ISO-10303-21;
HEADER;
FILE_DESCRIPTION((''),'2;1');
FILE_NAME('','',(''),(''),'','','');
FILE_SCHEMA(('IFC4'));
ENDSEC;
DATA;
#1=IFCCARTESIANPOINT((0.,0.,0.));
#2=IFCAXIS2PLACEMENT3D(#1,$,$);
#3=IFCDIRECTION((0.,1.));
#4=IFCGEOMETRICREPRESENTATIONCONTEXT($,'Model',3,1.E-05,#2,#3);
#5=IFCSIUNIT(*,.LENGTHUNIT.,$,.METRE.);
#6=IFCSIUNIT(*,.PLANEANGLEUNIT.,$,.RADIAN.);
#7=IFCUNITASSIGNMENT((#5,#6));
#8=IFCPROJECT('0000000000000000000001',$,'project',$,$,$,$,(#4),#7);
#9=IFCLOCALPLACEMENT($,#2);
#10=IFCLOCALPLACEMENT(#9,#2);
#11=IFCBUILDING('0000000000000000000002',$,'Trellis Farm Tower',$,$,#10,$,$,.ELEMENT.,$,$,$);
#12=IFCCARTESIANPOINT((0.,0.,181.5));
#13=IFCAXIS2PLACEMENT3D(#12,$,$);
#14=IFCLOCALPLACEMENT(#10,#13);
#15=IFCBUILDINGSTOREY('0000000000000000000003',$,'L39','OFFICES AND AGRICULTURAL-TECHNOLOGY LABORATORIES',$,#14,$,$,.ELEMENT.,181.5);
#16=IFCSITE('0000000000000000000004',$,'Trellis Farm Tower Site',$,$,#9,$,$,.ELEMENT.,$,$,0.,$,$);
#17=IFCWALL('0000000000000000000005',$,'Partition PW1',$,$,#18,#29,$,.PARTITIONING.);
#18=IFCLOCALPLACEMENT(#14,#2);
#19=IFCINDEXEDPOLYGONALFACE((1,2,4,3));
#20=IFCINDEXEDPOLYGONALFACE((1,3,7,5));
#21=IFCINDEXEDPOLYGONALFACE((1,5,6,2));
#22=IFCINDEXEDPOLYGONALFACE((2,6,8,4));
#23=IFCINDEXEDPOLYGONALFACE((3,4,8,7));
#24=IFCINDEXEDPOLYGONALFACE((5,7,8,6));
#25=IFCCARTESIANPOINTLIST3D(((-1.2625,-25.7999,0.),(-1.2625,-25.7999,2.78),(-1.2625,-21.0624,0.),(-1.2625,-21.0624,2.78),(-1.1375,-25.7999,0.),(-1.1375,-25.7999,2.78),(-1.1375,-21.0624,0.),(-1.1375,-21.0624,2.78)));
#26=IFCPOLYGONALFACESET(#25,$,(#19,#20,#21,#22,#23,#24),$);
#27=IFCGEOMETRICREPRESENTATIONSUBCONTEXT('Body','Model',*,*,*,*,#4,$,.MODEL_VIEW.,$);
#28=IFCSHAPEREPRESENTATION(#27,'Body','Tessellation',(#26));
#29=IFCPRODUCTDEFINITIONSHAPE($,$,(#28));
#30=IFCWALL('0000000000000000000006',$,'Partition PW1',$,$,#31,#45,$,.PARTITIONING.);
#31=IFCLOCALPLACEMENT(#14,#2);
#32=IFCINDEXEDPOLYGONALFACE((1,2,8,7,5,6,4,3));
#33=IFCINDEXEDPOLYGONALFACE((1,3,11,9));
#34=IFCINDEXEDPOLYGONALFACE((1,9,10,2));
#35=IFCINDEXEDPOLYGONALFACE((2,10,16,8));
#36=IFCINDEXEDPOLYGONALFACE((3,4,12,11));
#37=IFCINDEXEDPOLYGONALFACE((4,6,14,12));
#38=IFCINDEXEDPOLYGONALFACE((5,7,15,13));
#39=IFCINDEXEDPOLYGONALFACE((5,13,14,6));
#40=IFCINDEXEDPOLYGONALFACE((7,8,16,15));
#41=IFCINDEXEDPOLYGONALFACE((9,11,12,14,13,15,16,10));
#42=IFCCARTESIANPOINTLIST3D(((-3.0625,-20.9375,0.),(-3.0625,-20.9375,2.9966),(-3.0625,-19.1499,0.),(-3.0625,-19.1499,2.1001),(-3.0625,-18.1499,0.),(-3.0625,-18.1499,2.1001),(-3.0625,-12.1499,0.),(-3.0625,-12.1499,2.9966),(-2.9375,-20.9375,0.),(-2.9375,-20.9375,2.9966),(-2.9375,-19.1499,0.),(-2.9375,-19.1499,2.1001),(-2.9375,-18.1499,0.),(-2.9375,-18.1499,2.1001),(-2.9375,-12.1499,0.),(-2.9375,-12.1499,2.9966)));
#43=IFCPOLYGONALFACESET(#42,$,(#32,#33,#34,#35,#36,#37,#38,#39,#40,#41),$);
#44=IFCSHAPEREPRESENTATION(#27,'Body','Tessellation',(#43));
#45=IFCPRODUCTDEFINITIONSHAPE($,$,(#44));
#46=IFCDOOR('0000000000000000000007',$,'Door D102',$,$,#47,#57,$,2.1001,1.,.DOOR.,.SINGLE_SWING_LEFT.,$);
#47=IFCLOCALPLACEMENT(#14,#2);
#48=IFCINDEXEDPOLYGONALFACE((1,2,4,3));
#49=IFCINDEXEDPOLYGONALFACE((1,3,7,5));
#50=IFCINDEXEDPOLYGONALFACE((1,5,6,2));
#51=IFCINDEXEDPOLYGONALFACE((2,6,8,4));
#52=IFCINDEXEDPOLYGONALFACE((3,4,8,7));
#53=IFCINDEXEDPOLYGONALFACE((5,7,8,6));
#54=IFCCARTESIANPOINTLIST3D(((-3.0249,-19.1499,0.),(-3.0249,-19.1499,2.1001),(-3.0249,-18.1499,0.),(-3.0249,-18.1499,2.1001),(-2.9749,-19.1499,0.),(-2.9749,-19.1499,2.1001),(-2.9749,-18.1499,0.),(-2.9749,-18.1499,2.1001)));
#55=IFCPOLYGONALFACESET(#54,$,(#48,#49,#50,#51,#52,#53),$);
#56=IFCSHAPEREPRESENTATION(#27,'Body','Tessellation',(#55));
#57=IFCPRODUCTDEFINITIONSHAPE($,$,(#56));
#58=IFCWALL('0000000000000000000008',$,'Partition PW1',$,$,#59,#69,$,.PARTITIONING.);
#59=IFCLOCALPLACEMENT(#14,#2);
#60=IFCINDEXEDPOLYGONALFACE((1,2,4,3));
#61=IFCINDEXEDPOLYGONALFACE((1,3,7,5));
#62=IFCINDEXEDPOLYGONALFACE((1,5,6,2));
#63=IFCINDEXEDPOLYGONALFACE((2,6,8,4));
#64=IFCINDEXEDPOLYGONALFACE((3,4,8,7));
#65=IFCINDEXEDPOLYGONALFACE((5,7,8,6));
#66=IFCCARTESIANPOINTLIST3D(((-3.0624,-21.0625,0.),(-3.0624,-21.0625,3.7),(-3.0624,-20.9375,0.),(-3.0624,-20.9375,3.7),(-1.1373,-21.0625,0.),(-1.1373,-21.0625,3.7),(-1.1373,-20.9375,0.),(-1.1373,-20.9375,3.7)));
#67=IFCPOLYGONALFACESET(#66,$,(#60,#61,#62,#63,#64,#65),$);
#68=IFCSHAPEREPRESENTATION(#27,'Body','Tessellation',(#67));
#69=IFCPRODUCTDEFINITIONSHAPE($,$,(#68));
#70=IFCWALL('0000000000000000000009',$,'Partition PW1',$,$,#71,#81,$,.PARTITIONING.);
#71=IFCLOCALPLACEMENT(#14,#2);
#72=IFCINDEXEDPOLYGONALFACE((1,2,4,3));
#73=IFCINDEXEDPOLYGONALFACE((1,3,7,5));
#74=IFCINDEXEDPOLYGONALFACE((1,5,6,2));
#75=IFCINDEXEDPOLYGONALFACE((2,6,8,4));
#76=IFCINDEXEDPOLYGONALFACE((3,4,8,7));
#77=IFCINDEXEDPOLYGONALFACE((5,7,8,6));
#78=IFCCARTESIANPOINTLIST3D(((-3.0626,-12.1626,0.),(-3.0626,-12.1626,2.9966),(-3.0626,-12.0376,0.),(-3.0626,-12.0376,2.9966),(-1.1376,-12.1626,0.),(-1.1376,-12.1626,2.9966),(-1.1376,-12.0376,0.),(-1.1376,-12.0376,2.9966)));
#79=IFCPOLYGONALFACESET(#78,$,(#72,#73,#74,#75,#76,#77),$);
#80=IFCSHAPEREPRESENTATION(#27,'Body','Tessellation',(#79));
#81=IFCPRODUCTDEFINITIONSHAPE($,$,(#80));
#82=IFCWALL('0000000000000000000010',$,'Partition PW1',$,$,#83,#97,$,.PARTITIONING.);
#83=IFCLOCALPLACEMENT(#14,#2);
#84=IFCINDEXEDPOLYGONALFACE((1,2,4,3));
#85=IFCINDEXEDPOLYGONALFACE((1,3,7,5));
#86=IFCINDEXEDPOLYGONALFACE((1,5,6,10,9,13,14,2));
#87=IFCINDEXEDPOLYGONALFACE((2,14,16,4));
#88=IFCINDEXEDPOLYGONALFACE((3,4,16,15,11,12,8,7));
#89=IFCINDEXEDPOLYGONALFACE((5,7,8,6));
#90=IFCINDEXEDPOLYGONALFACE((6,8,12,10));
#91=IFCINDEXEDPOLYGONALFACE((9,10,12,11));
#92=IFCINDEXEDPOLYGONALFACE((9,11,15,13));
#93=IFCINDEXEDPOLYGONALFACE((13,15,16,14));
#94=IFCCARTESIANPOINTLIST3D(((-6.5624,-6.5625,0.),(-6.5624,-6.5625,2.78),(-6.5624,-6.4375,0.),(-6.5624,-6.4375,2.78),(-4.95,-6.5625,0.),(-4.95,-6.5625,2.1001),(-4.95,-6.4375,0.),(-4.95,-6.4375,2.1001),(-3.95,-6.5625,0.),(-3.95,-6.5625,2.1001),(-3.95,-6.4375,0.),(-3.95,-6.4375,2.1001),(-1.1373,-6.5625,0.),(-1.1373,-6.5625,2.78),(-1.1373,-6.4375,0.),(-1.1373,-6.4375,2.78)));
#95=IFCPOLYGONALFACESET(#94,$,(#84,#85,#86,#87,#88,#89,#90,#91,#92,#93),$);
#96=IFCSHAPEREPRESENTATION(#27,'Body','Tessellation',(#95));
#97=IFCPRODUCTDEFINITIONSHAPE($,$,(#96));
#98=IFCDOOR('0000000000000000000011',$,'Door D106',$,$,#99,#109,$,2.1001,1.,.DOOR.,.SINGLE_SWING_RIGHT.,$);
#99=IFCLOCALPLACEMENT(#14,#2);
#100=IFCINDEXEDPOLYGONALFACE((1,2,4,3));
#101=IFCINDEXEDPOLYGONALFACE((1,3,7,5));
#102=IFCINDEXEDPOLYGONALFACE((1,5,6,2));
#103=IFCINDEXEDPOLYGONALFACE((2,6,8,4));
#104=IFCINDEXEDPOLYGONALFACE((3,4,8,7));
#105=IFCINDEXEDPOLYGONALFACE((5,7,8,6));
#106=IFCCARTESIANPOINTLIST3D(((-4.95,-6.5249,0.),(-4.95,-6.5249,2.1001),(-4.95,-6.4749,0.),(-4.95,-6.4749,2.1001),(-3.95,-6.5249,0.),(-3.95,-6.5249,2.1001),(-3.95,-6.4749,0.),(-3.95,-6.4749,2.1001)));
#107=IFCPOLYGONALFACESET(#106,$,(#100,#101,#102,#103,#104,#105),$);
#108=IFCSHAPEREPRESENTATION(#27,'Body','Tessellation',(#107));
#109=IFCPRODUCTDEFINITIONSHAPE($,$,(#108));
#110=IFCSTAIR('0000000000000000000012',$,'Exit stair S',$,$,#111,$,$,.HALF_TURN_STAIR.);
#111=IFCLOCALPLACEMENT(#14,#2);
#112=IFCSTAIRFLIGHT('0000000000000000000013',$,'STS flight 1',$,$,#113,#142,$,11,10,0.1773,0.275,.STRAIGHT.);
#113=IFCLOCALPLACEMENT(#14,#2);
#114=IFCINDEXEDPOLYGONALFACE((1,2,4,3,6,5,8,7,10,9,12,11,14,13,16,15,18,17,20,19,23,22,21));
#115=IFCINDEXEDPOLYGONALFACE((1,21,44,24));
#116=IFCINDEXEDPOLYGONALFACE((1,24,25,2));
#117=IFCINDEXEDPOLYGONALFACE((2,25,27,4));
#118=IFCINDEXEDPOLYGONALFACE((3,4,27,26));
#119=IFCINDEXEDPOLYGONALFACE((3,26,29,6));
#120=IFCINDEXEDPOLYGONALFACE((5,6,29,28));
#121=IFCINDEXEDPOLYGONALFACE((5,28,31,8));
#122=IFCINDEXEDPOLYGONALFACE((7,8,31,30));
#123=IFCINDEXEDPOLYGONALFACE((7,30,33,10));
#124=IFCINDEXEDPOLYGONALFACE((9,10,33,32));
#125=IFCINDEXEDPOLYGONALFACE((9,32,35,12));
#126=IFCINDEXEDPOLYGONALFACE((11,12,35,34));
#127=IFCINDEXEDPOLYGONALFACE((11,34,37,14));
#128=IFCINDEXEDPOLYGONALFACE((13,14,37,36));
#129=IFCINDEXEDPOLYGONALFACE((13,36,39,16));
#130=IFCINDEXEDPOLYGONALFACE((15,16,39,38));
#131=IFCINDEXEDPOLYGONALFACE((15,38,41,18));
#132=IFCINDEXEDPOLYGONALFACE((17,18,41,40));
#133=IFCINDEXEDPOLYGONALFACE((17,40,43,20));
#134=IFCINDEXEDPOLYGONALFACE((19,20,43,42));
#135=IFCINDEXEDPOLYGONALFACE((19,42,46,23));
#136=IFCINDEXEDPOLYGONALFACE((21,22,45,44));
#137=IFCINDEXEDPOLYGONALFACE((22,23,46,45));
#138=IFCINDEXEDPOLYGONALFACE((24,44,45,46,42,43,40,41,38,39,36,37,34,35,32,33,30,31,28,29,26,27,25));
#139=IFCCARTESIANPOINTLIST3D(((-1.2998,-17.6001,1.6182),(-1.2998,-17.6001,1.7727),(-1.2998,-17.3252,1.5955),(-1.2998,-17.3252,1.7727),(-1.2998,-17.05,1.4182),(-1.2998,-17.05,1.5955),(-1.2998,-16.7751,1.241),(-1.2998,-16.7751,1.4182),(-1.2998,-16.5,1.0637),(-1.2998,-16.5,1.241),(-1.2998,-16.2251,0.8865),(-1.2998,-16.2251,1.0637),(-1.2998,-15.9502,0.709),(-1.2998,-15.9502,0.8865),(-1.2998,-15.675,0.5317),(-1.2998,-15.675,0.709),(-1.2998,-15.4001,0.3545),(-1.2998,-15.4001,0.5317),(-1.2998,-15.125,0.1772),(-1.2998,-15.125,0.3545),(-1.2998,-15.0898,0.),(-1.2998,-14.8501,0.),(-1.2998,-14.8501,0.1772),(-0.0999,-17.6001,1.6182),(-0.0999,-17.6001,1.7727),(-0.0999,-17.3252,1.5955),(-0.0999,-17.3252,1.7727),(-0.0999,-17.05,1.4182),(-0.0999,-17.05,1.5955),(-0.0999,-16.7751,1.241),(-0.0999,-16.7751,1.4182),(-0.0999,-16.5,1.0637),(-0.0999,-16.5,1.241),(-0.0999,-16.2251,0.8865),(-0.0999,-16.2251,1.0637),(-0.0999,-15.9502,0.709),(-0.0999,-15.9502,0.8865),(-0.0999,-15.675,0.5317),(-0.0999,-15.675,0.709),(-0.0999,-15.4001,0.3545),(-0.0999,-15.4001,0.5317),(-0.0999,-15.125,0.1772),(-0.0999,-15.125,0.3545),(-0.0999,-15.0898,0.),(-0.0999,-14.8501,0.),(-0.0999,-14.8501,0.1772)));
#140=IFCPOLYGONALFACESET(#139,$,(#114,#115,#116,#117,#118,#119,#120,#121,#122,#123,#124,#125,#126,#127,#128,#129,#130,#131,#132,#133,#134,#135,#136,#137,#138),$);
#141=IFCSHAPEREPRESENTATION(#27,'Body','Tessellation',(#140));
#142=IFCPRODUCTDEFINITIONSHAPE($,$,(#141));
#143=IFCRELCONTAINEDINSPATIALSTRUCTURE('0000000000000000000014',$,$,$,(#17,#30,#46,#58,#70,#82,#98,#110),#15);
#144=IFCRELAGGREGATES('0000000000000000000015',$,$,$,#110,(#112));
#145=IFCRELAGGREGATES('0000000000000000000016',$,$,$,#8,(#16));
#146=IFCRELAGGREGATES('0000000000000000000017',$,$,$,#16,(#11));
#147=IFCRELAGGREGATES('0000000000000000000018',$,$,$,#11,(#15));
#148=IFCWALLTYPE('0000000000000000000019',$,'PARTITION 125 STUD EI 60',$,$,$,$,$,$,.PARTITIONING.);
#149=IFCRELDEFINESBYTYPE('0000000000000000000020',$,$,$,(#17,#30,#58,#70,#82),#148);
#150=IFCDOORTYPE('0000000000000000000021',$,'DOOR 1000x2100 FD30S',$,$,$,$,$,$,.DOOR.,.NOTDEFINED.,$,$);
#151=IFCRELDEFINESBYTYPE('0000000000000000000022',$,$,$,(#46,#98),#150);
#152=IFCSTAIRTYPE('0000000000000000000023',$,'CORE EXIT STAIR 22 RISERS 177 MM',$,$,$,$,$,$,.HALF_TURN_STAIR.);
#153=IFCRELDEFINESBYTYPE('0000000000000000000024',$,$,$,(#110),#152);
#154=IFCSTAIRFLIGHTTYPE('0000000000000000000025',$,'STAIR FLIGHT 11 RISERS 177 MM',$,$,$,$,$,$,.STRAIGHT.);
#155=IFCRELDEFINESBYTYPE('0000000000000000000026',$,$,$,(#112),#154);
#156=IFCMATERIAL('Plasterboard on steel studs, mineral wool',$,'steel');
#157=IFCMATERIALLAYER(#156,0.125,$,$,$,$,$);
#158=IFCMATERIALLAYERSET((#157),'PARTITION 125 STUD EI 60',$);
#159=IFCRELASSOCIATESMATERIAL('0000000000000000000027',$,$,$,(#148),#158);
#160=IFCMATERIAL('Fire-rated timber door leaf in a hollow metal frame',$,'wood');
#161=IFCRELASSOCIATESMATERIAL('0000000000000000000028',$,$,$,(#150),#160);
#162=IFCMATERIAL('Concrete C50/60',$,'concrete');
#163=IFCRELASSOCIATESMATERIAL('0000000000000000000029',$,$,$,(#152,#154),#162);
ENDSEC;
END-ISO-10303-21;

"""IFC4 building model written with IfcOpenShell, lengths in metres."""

from ifc_helpers import new_model, si_unit, direction, frame, frame_2d, origin, place, context, subcontext, project, spatial, polyline, rectangle, outline, extrude, source, transform, mapped, material, layer, layer_set, type_object, element, fill, aggregate, save


model = new_model("IFC4")

# Units and contexts
model_context = context("Model", 3, precision=1e-05, world=origin(), true_north=direction((0.0, 1.0)))
body_context = subcontext(model_context, "Body", "Model", "MODEL_VIEW")
ifc_project = project(units=[si_unit("LENGTHUNIT", "METRE"), si_unit("PLANEANGLEUNIT", "RADIAN")], contexts=[model_context])

# Site, building, storey
site_placement = place(None, origin())
site = spatial("IfcSite", under=ifc_project, at=site_placement, Name="Trellis Farm Tower Site", CompositionType="ELEMENT", RefElevation=0.0)
building_placement = place(site_placement, origin())
building = spatial("IfcBuilding", under=site, at=building_placement, Name="Trellis Farm Tower", CompositionType="ELEMENT")
storey_placement = place(building_placement, frame((0.0, 0.0, 181.5)))
storey = spatial("IfcBuildingStorey", under=building, at=storey_placement, Name="L39", Description="OFFICES AND AGRICULTURAL-TECHNOLOGY LABORATORIES", CompositionType="ELEMENT", Elevation=181.5)

# Shared definitions
placement = place(storey_placement, origin())

# Shared definitions
ifc_material_1 = material(Name="Plasterboard on steel studs, mineral wool", Category="steel")
ifc_layer_1 = layer(ifc_material_1, 0.125)
ifc_layer_set_1 = layer_set([ifc_layer_1], Name="PARTITION 125 STUD EI 60")
wall_type_1 = type_object("IfcWallType", Name="PARTITION 125 STUD EI 60", PredefinedType="PARTITIONING", material=ifc_layer_set_1)
shared_shape_1 = source(origin(), body_context, "Body", "SweptSolid", [
    extrude(rectangle(XDim=1.0, YDim=2.1001, at=frame_2d((0.5, 1.05))), frame((0.0, 0.0725, 0.0), z_axis=(0.0, -1.0, 0.0), x_axis=(1.0, 0.0, 0.0)), (0.0, 0.0, 1.0), 0.145),
])
ifc_material_2 = material(Name="Fire-rated timber door leaf in a hollow metal frame", Category="wood")
door_type = type_object("IfcDoorType", Name="DOOR 1000x2100 FD30S", OperationType="NOTDEFINED", PredefinedType="DOOR", material=ifc_material_2)
shared_shape_2 = source(origin(), body_context, "Body", "SweptSolid", [
    extrude(rectangle(XDim=1.0, YDim=2.1001, at=frame_2d((0.5, 1.05))), frame((0.0, 0.0249, 0.0), z_axis=(0.0, -1.0, 0.0), x_axis=(1.0, 0.0, 0.0)), (0.0, 0.0, 1.0), 0.05),
])

# Wall
shared_shape_3 = source(origin(), body_context, "Body", "SweptSolid", [
    extrude(rectangle(XDim=4.7375, YDim=0.125, at=frame_2d((2.3687, 0.0))), origin(), (0.0, 0.0, 1.0), 2.78),
])
wall_1_placement = place(storey_placement, frame((-1.2, -21.0625, 0.0), z_axis=(0.0, 0.0, 1.0), x_axis=(0.0, -1.0, 0.0)))
element("IfcWall", 1, at=wall_1_placement, inside=storey, type_object=wall_type_1, Name="Partition PW1", PredefinedType="PARTITIONING", context=body_context, shape_type="MappedRepresentation", body=[
    mapped(shared_shape_3, transform((0.0, 0.0, 0.0))),
])

# Wall, opening, door
shared_shape_4 = source(origin(), body_context, "Body", "SweptSolid", [
    extrude(rectangle(XDim=8.7876, YDim=0.125, at=frame_2d((4.3938, 0.0))), origin(), (0.0, 0.0, 1.0), 2.9966),
])
wall_2_placement = place(storey_placement, frame((-3.0, -20.9375, 0.0), z_axis=(0.0, 0.0, 1.0), x_axis=(0.0, 1.0, 0.0)))
wall_2 = element("IfcWall", 2, at=wall_2_placement, inside=storey, type_object=wall_type_1, Name="Partition PW1", PredefinedType="PARTITIONING", context=body_context, shape_type="MappedRepresentation", body=[
    mapped(shared_shape_4, transform((0.0, 0.0, 0.0))),
])
opening_1_placement = place(wall_2_placement, frame((1.7876, 0.0, 0.0)))
opening_1 = element("IfcOpeningElement", 3, at=opening_1_placement, cuts=wall_2, PredefinedType="OPENING", context=body_context, shape_type="MappedRepresentation", body=[
    mapped(shared_shape_1, transform((0.0, 0.0, 0.0))),
])
door_1_placement = place(opening_1_placement, origin())
door_1 = element("IfcDoor", 4, at=door_1_placement, inside=storey, type_object=door_type, Name="Door D102", OperationType="SINGLE_SWING_LEFT", OverallHeight=2.1001, OverallWidth=1.0, PredefinedType="DOOR", context=body_context, shape_type="MappedRepresentation", body=[
    mapped(shared_shape_2, transform((0.0, 0.0, 0.0))),
])
fill(opening_1, door_1)

# Walls
shared_shape_5 = source(origin(), body_context, "Body", "SweptSolid", [
    extrude(rectangle(XDim=1.925, YDim=0.125, at=frame_2d((0.9624, 0.0))), origin(), (0.0, 0.0, 1.0), 3.7),
])
wall_3_placement = place(storey_placement, frame((-1.1375, -21.0, 0.0), z_axis=(0.0, 0.0, 1.0), x_axis=(-1.0, 0.0, 0.0)))
element("IfcWall", 5, at=wall_3_placement, inside=storey, type_object=wall_type_1, Name="Partition PW1", PredefinedType="PARTITIONING", context=body_context, shape_type="MappedRepresentation", body=[
    mapped(shared_shape_5, transform((0.0, 0.0, 0.0))),
])
shared_shape_6 = source(origin(), body_context, "Body", "SweptSolid", [
    extrude(rectangle(XDim=1.925, YDim=0.125, at=frame_2d((0.9624, 0.0))), origin(), (0.0, 0.0, 1.0), 2.9966),
])
wall_4_placement = place(storey_placement, frame((-3.0625, -12.1001, 0.0), z_axis=(0.0, 0.0, 1.0), x_axis=(1.0, 0.0, 0.0)))
element("IfcWall", 6, at=wall_4_placement, inside=storey, type_object=wall_type_1, Name="Partition PW1", PredefinedType="PARTITIONING", context=body_context, shape_type="MappedRepresentation", body=[
    mapped(shared_shape_6, transform((0.0, 0.0, 0.0))),
])

# Wall, opening, door
shared_shape_7 = source(origin(), body_context, "Body", "SweptSolid", [
    extrude(rectangle(XDim=5.425, YDim=0.125, at=frame_2d((2.7124, 0.0))), origin(), (0.0, 0.0, 1.0), 2.78),
])
wall_5_placement = place(storey_placement, frame((-1.1375, -6.5, 0.0), z_axis=(0.0, 0.0, 1.0), x_axis=(-1.0, 0.0, 0.0)))
wall_5 = element("IfcWall", 7, at=wall_5_placement, inside=storey, type_object=wall_type_1, Name="Partition PW1", PredefinedType="PARTITIONING", context=body_context, shape_type="MappedRepresentation", body=[
    mapped(shared_shape_7, transform((0.0, 0.0, 0.0))),
])
opening_2_placement = place(wall_5_placement, frame((2.8125, 0.0, 0.0)))
opening_2 = element("IfcOpeningElement", 8, at=opening_2_placement, cuts=wall_5, PredefinedType="OPENING", context=body_context, shape_type="MappedRepresentation", body=[
    mapped(shared_shape_1, transform((0.0, 0.0, 0.0))),
])
door_2_placement = place(opening_2_placement, origin())
door_2 = element("IfcDoor", 9, at=door_2_placement, inside=storey, type_object=door_type, Name="Door D106", OperationType="SINGLE_SWING_RIGHT", OverallHeight=2.1001, OverallWidth=1.0, PredefinedType="DOOR", context=body_context, shape_type="MappedRepresentation", body=[
    mapped(shared_shape_2, transform((0.0, 0.0, 0.0))),
])
fill(opening_2, door_2)

# Stair, stair flight
ifc_material_3 = material(Name="Concrete C50/60", Category="concrete")
stair_type = type_object("IfcStairType", Name="CORE EXIT STAIR 22 RISERS 177 MM", PredefinedType="HALF_TURN_STAIR", material=ifc_material_3)
stair = element("IfcStair", 10, at=placement, inside=storey, type_object=stair_type, Name="Exit stair S", PredefinedType="HALF_TURN_STAIR")
stair_flight_type = type_object("IfcStairFlightType", Name="STAIR FLIGHT 11 RISERS 177 MM", PredefinedType="STRAIGHT", material=ifc_material_3)
shared_shape_8 = source(origin(), body_context, "Body", "SweptSolid", [
    extrude(outline(polyline([(0.0, 0.0), (0.0, 0.1772), (0.2749, 0.1772), (0.2749, 0.3545), (0.55, 0.3545), (0.55, 0.5317), (0.825, 0.5317), (0.825, 0.709), (1.1001, 0.709), (1.1001, 0.8865), (1.375, 0.8865), (1.375, 1.0637), (1.6499, 1.0637), (1.6499, 1.241), (1.925, 1.241), (1.925, 1.4182), (2.2, 1.4182), (2.2, 1.5955), (2.4751, 1.5955), (2.4751, 1.7727), (2.75, 1.7727), (2.75, 1.95), (2.75, 1.6182), (0.2397, 0.0), (0.0, 0.0)])), frame((0.0, 0.6001, 0.0), z_axis=(0.0, -1.0, 0.0), x_axis=(1.0, 0.0, 0.0)), (0.0, 0.0, 1.0), 1.2),
])
stair_flight_placement = place(storey_placement, frame((-0.7, -14.8501, 0.0), z_axis=(0.0, 0.0, 1.0), x_axis=(0.0, -1.0, 0.0)))
stair_flight = element("IfcStairFlight", 11, at=stair_flight_placement, type_object=stair_flight_type, Name="STS flight 1", NumberOfRisers=11, NumberOfTreads=10, PredefinedType="STRAIGHT", RiserHeight=0.1773, TreadLength=0.275, context=body_context, shape_type="MappedRepresentation", body=[
    mapped(shared_shape_8, transform((0.0, 0.0, 0.0))),
])
aggregate(stair, [stair_flight])

save(model, "model.ifc")
